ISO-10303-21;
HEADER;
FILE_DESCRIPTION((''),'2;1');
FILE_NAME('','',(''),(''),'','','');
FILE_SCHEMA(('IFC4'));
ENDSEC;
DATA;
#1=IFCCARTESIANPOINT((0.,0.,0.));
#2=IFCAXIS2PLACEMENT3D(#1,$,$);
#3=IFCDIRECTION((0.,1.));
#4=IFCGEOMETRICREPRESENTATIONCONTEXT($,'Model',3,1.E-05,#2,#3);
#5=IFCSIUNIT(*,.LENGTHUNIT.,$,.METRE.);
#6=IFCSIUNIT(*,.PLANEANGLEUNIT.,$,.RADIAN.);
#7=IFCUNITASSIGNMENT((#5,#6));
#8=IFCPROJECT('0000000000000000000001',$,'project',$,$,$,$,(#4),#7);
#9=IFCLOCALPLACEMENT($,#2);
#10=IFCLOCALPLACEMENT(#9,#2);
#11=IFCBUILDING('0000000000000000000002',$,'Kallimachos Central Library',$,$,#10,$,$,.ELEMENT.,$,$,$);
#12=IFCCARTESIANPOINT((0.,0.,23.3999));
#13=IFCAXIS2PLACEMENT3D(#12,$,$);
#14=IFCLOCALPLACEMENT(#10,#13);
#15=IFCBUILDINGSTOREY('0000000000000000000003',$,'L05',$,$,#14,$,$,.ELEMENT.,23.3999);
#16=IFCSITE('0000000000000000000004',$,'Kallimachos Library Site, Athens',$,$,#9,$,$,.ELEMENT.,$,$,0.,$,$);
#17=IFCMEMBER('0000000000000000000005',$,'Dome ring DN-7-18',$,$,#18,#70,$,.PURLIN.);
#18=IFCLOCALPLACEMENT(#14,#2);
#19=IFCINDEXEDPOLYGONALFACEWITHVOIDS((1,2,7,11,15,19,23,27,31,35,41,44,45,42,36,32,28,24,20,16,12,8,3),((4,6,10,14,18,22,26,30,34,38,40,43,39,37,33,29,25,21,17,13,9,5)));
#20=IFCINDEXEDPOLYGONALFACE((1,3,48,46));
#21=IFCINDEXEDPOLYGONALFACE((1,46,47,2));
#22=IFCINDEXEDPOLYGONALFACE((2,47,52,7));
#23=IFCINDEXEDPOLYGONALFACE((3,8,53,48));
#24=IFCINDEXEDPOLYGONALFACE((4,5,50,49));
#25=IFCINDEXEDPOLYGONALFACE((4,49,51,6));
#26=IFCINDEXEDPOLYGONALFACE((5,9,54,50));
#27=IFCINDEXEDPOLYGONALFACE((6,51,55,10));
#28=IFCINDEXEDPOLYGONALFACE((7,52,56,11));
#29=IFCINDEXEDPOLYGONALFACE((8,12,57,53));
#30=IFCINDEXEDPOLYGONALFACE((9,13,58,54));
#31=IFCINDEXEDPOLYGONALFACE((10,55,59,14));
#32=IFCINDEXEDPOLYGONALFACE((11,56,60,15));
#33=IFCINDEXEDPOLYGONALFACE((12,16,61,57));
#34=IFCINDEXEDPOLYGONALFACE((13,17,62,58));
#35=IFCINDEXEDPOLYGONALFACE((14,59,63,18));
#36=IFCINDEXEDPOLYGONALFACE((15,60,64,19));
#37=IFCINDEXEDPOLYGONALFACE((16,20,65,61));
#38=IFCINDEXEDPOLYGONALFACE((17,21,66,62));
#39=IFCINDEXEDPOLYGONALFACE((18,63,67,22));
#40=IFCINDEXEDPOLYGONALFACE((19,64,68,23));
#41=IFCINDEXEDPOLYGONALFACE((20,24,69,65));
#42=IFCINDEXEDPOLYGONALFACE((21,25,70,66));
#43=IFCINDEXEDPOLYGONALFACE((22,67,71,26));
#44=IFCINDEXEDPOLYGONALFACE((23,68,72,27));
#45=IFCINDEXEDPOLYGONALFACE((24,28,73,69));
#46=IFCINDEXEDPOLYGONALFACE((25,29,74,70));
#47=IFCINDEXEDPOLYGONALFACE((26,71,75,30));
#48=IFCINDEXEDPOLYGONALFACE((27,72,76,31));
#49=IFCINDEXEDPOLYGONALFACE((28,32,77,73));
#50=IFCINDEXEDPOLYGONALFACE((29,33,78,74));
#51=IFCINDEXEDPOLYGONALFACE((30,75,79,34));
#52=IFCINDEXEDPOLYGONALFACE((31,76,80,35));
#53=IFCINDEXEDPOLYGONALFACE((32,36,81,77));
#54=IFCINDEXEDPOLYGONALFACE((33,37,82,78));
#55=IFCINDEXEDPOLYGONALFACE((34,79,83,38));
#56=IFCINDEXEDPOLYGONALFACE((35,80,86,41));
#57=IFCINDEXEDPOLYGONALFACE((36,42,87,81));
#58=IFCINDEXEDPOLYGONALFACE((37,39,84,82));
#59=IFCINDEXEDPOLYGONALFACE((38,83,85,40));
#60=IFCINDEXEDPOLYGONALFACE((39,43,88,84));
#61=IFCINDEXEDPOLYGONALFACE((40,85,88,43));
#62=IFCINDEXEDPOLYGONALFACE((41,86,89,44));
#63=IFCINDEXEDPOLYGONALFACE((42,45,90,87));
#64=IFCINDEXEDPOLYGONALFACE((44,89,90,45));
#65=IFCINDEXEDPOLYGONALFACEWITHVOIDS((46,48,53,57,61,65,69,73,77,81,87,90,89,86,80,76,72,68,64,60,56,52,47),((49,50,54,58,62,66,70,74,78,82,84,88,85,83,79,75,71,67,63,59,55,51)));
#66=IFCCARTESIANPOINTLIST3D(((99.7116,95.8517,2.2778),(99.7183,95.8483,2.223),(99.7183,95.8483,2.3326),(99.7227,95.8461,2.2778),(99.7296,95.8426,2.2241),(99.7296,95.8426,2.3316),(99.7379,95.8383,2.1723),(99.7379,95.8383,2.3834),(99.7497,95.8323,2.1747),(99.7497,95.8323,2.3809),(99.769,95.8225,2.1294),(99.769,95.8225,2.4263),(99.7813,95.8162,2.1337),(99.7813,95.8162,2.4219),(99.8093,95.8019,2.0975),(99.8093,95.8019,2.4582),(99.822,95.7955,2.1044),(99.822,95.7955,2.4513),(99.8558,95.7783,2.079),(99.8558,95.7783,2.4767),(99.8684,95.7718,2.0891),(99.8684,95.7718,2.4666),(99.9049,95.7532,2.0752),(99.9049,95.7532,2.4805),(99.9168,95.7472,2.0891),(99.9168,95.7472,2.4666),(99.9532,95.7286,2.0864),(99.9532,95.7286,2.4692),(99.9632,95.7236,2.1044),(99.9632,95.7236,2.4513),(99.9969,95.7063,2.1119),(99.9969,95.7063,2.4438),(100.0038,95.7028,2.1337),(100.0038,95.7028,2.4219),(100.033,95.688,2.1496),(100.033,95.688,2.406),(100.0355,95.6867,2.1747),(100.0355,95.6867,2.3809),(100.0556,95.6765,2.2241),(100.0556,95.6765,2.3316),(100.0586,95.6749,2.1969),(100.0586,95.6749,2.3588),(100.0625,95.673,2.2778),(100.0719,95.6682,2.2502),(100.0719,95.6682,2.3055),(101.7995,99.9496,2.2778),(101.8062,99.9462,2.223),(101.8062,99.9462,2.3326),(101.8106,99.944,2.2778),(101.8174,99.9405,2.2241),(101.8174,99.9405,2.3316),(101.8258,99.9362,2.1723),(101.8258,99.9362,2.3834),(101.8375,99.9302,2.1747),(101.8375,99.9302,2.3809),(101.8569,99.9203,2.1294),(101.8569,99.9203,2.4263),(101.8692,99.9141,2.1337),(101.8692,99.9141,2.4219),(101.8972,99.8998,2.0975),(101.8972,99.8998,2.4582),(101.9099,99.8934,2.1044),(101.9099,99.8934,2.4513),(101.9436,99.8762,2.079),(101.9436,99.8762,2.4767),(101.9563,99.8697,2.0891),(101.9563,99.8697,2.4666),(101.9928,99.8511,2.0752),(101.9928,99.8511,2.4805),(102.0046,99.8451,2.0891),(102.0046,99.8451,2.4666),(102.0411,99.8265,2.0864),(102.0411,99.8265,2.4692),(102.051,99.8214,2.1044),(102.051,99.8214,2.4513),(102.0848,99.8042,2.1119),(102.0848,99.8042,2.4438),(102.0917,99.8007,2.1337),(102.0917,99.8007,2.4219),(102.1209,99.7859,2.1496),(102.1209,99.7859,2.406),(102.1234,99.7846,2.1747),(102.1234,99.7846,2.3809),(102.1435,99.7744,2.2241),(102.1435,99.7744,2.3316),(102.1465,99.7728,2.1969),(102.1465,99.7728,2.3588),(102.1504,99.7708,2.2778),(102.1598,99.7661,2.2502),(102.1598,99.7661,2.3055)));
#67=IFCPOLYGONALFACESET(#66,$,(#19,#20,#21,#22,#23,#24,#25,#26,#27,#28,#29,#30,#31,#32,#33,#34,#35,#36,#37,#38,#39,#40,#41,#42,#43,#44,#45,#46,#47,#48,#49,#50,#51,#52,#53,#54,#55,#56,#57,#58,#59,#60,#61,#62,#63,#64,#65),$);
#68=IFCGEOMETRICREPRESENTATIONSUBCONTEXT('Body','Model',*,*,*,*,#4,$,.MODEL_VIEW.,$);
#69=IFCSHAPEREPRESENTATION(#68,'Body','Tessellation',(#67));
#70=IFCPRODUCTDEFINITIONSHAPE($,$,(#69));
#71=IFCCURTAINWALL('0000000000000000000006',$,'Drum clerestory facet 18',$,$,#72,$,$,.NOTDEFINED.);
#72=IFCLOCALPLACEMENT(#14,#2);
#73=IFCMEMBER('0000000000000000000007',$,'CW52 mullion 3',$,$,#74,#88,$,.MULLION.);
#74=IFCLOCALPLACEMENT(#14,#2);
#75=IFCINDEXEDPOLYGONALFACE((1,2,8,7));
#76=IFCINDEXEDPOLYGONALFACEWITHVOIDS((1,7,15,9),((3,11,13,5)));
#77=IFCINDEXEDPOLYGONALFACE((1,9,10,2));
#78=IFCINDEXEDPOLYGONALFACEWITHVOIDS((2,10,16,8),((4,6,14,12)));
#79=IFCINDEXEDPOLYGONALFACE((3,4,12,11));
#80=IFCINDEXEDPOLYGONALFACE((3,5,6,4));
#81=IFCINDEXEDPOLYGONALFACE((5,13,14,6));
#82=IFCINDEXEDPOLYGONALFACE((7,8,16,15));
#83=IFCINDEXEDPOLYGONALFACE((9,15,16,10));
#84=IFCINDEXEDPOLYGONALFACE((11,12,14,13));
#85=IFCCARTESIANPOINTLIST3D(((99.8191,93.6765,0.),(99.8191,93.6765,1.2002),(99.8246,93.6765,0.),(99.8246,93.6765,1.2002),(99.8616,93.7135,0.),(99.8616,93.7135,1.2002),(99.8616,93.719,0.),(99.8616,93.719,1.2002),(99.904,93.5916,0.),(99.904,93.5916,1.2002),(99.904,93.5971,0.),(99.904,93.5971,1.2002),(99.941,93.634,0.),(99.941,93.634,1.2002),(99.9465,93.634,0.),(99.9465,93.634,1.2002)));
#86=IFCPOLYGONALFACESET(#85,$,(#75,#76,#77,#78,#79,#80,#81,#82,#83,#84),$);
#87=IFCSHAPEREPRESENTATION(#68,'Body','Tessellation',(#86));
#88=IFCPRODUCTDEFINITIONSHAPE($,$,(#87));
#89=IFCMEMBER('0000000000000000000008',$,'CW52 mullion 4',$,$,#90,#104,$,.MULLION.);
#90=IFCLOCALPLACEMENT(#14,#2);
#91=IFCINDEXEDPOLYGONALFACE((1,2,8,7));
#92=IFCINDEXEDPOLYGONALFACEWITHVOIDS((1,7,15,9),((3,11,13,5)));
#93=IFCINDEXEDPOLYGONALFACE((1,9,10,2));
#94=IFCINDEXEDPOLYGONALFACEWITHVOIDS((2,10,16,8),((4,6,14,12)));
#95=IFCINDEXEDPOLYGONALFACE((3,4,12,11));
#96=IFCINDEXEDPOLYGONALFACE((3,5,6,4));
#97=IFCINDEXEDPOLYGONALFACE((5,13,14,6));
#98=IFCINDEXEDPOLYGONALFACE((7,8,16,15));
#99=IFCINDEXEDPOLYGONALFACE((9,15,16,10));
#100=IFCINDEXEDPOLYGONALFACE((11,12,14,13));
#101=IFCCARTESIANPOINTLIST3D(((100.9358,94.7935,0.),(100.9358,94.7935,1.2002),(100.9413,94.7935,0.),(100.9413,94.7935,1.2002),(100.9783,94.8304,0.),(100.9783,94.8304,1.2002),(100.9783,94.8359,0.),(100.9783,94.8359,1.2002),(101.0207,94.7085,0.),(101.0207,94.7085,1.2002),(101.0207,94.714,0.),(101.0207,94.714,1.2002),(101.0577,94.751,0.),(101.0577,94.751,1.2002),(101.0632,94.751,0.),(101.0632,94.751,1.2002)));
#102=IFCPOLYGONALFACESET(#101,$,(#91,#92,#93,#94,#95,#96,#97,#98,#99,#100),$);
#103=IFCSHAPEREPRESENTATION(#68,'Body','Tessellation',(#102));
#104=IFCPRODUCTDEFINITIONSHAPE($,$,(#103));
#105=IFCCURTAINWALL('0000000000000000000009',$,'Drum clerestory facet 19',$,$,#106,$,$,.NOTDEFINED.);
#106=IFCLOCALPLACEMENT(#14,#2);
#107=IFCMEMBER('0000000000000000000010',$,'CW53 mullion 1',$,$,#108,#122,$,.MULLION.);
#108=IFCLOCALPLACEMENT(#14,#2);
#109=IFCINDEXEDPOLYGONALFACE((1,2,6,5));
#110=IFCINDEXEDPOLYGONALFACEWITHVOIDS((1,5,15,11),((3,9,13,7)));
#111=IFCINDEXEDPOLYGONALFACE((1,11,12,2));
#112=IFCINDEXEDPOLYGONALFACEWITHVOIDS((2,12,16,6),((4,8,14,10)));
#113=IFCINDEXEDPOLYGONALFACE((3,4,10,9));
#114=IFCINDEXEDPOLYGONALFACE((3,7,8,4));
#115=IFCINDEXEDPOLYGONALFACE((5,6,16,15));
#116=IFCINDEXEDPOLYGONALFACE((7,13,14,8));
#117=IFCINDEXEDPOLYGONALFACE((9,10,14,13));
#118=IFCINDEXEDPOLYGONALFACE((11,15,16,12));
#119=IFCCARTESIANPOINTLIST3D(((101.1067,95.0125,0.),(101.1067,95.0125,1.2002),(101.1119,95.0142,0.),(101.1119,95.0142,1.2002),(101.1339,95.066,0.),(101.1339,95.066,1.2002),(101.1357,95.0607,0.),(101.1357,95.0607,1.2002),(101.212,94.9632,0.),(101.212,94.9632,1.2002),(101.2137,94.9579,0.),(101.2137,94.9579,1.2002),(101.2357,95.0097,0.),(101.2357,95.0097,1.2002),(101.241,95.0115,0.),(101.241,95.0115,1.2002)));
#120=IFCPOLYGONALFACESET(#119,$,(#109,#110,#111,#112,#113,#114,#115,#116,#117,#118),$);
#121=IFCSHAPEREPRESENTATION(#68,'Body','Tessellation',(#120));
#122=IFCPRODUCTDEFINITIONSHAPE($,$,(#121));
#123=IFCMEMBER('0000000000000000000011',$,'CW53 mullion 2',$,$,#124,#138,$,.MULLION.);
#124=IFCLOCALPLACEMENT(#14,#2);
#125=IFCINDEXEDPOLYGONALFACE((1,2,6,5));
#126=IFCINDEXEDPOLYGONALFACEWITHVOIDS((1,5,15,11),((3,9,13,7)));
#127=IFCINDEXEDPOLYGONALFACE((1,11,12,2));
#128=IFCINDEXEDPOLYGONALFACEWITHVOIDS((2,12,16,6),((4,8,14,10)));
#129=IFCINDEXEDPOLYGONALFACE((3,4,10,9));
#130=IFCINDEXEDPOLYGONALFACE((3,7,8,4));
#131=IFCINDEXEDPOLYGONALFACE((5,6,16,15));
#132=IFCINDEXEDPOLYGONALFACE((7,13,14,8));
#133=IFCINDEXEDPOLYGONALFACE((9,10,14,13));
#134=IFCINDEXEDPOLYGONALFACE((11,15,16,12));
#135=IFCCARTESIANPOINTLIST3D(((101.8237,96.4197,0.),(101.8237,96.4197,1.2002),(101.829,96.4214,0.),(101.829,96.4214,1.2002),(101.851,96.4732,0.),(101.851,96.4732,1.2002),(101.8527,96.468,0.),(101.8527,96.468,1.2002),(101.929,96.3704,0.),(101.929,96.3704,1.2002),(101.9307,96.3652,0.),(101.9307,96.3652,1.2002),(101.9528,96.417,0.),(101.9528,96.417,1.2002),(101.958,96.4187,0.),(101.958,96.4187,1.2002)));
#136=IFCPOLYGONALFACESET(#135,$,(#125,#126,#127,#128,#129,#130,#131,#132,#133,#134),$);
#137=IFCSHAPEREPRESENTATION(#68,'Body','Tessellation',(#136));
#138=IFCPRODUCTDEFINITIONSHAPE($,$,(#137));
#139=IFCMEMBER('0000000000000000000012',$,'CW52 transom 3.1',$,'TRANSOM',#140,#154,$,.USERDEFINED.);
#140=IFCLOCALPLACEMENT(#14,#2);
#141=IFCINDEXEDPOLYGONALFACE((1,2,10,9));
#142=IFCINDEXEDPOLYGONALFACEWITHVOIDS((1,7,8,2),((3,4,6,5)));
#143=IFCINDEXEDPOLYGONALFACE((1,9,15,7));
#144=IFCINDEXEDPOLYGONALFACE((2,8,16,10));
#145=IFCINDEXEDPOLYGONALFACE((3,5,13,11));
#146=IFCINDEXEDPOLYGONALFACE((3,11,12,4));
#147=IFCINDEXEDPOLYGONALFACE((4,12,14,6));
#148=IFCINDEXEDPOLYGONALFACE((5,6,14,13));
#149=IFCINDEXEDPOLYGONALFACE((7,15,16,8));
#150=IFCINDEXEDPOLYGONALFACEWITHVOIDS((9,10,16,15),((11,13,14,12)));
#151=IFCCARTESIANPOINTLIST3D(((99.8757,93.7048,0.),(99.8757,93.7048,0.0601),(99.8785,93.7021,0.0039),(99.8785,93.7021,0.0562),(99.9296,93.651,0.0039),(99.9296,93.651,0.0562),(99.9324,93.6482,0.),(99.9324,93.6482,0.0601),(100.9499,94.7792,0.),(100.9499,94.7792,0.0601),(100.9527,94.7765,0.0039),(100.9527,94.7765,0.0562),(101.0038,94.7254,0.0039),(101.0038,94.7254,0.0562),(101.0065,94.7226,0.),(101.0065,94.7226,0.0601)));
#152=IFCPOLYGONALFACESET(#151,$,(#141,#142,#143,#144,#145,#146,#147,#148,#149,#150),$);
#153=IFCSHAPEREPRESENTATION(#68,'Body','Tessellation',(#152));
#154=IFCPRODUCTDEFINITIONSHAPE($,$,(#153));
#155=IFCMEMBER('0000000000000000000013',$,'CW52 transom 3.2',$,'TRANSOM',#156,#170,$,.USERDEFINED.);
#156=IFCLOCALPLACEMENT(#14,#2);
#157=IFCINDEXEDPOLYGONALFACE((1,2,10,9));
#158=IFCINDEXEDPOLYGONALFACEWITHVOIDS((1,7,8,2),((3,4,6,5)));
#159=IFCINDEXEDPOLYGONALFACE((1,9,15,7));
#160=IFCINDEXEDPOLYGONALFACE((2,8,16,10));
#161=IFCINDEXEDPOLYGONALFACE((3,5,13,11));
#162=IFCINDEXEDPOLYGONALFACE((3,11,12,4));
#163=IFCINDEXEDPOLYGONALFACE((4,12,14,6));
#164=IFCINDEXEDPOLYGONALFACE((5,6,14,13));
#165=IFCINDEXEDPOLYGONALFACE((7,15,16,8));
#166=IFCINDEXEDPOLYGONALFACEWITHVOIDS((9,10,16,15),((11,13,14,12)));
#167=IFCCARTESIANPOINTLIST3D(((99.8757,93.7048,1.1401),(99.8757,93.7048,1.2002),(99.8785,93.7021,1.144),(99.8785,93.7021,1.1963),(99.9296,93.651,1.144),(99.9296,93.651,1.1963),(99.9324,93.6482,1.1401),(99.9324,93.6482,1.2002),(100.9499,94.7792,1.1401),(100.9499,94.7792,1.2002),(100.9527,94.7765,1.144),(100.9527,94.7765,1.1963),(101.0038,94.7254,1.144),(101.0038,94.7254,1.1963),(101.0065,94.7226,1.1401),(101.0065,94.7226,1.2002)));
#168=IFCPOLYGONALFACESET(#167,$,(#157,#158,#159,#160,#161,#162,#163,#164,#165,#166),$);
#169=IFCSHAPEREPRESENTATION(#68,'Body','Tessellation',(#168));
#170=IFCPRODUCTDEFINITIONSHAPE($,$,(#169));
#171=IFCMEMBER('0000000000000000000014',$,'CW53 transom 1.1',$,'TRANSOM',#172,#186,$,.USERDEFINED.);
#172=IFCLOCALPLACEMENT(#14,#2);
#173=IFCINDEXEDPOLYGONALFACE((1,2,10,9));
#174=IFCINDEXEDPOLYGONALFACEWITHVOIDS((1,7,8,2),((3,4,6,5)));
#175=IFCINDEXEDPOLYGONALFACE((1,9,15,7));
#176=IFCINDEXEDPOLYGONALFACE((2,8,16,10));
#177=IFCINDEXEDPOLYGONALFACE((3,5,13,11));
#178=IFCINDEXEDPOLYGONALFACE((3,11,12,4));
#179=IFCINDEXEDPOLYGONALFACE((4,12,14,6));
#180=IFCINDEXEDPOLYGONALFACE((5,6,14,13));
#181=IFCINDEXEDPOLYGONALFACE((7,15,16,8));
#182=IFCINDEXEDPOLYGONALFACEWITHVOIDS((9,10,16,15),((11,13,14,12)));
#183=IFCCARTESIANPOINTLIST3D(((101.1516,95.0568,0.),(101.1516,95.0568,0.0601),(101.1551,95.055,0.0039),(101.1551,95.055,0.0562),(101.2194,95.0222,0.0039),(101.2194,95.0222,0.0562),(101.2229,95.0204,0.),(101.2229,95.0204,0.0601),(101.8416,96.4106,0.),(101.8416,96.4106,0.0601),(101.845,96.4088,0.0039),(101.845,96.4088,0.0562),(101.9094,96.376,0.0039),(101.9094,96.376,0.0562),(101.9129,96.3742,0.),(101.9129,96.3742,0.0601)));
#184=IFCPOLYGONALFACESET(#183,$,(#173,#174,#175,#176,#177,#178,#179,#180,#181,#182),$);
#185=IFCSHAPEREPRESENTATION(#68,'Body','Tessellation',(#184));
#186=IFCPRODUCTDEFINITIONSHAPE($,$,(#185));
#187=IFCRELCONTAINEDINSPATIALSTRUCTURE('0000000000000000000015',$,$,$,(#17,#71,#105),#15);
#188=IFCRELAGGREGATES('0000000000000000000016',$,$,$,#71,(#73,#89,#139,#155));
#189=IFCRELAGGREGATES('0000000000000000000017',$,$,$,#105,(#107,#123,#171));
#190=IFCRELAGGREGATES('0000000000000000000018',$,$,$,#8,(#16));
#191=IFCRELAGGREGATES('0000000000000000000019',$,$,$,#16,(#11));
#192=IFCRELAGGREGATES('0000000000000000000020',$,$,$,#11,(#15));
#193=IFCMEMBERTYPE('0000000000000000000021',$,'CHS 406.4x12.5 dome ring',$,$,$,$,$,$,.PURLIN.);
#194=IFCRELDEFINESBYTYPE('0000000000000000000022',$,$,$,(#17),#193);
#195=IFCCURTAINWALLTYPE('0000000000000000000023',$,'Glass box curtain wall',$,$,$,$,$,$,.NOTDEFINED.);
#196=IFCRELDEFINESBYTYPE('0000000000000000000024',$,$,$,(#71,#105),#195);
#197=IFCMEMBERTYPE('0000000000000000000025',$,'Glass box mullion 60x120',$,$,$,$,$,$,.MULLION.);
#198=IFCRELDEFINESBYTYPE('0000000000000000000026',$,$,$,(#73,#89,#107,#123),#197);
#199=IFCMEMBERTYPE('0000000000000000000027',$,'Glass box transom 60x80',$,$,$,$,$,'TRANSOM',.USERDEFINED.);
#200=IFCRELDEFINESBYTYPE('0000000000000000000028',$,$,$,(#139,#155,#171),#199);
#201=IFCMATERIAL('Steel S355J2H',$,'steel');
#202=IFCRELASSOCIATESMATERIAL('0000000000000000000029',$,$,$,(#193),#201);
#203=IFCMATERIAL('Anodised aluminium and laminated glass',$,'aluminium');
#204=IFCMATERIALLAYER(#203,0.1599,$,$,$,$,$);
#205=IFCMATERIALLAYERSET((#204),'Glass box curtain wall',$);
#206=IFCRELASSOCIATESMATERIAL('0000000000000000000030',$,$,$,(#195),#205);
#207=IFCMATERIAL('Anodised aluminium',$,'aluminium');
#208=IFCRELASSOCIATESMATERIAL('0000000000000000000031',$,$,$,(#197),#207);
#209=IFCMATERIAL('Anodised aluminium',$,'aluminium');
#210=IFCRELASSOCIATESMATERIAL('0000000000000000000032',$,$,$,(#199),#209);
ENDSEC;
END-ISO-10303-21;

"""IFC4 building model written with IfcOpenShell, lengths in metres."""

from ifc_helpers import new_model, si_unit, direction, frame, origin, origin_2d, place, context, subcontext, project, spatial, hollow_rectangle, hollow_circle, extrude, material, layer, layer_set, material_profile, profile_set, type_object, element, aggregate, save


model = new_model("IFC4")

# Units and contexts
model_context = context("Model", 3, precision=1e-05, world=origin(), true_north=direction((0.0, 1.0)))
body_context = subcontext(model_context, "Body", "Model", "MODEL_VIEW")
ifc_project = project(units=[si_unit("LENGTHUNIT", "METRE"), si_unit("PLANEANGLEUNIT", "RADIAN")], contexts=[model_context])

# Site, building, storey
site_placement = place(None, origin())
site = spatial("IfcSite", under=ifc_project, at=site_placement, Name="Kallimachos Library Site, Athens", CompositionType="ELEMENT", RefElevation=0.0)
building_placement = place(site_placement, origin())
building = spatial("IfcBuilding", under=site, at=building_placement, Name="Kallimachos Central Library", CompositionType="ELEMENT")
storey_placement = place(building_placement, frame((0.0, 0.0, 23.3999)))
storey = spatial("IfcBuildingStorey", under=building, at=storey_placement, Name="L05", CompositionType="ELEMENT", Elevation=23.3999)

# Member
ifc_material_1 = material(Name="Steel S355J2H", Category="steel")
ifc_material_profile_1 = material_profile(ifc_material_1, hollow_circle(Radius=0.2031, WallThickness=0.0125, at=origin_2d()), Name="CHS 406.4x12.5")
ifc_profile_set_1 = profile_set([ifc_material_profile_1], Name="Steel S355J2H")
member_type_1 = type_object("IfcMemberType", Name="CHS 406.4x12.5 dome ring", PredefinedType="PURLIN", material=ifc_profile_set_1)
member_1_placement = place(storey_placement, frame((99.8926, 95.7595, 2.2778), z_axis=(0.453974, 0.891015, 0.0), x_axis=(-0.891015, 0.453974, 0.0)))
element("IfcMember", 1, at=member_1_placement, inside=storey, type_object=member_type_1, Name="Dome ring DN-7-18", PredefinedType="PURLIN", context=body_context, shape_type="SweptSolid", body=[
    extrude(hollow_circle(Radius=0.2031, WallThickness=0.0125, at=origin_2d()), origin(), (0.0, 0.0, 1.0), 4.5991),
])

# Curtain walls, members
ifc_material_2 = material(Name="Anodised aluminium and laminated glass", Category="aluminium")
ifc_layer_1 = layer(ifc_material_2, 0.1599)
ifc_layer_set_1 = layer_set([ifc_layer_1], Name="Glass box curtain wall")
curtain_wall_type = type_object("IfcCurtainWallType", Name="Glass box curtain wall", PredefinedType="NOTDEFINED", material=ifc_layer_set_1)
curtain_wall_1_placement = place(storey_placement, origin())
curtain_wall_1 = element("IfcCurtainWall", 2, at=curtain_wall_1_placement, inside=storey, type_object=curtain_wall_type, Name="Drum clerestory facet 18", PredefinedType="NOTDEFINED")
ifc_material_3 = material(Name="Anodised aluminium", Category="aluminium")
ifc_material_profile_2 = material_profile(ifc_material_3, hollow_rectangle(XDim=0.0601, YDim=0.1201, WallThickness=0.0039, at=origin_2d()), Name="ALU MULLION 60x120")
ifc_profile_set_2 = profile_set([ifc_material_profile_2], Name="Anodised aluminium")
member_type_2 = type_object("IfcMemberType", Name="Glass box mullion 60x120", PredefinedType="MULLION", material=ifc_profile_set_2)
member_2_placement = place(storey_placement, frame((99.8828, 93.6553, 0.0), z_axis=(0.0, 0.0, 1.0), x_axis=(0.707107, 0.707107, 0.0)))
member_2 = element("IfcMember", 3, at=member_2_placement, type_object=member_type_2, Name="CW52 mullion 3", PredefinedType="MULLION", context=body_context, shape_type="SweptSolid", body=[
    extrude(hollow_rectangle(XDim=0.0601, YDim=0.1201, WallThickness=0.0039, at=origin_2d()), origin(), (0.0, 0.0, 1.0), 1.2002),
])
member_3_placement = place(storey_placement, frame((100.9995, 94.7722, 0.0), z_axis=(0.0, 0.0, 1.0), x_axis=(0.707107, 0.707107, 0.0)))
member_3 = element("IfcMember", 4, at=member_3_placement, type_object=member_type_2, Name="CW52 mullion 4", PredefinedType="MULLION", context=body_context, shape_type="SweptSolid", body=[
    extrude(hollow_rectangle(XDim=0.0601, YDim=0.1201, WallThickness=0.0039, at=origin_2d()), origin(), (0.0, 0.0, 1.0), 1.2002),
])
curtain_wall_2_placement = place(storey_placement, origin())
curtain_wall_2 = element("IfcCurtainWall", 5, at=curtain_wall_2_placement, inside=storey, type_object=curtain_wall_type, Name="Drum clerestory facet 19", PredefinedType="NOTDEFINED")
member_4_placement = place(storey_placement, frame((101.1738, 95.012, 0.0), z_axis=(0.0, 0.0, 1.0), x_axis=(0.453991, 0.891006, 0.0)))
member_4 = element("IfcMember", 6, at=member_4_placement, type_object=member_type_2, Name="CW53 mullion 1", PredefinedType="MULLION", context=body_context, shape_type="SweptSolid", body=[
    extrude(hollow_rectangle(XDim=0.0601, YDim=0.1201, WallThickness=0.0039, at=origin_2d()), origin(), (0.0, 0.0, 1.0), 1.2002),
])
member_5_placement = place(storey_placement, frame((101.8909, 96.4192, 0.0), z_axis=(0.0, 0.0, 1.0), x_axis=(0.453991, 0.891006, 0.0)))
member_5 = element("IfcMember", 7, at=member_5_placement, type_object=member_type_2, Name="CW53 mullion 2", PredefinedType="MULLION", context=body_context, shape_type="SweptSolid", body=[
    extrude(hollow_rectangle(XDim=0.0601, YDim=0.1201, WallThickness=0.0039, at=origin_2d()), origin(), (0.0, 0.0, 1.0), 1.2002),
])

# Members
ifc_material_4 = material(Name="Anodised aluminium", Category="aluminium")
ifc_material_profile_3 = material_profile(ifc_material_4, hollow_rectangle(XDim=0.0601, YDim=0.0801, WallThickness=0.0039, at=origin_2d()), Name="ALU TRANSOM 60x80")
ifc_profile_set_3 = profile_set([ifc_material_profile_3], Name="Anodised aluminium")
member_type_3 = type_object("IfcMemberType", Name="Glass box transom 60x80", ElementType="TRANSOM", PredefinedType="USERDEFINED", material=ifc_profile_set_3)
member_6_placement = place(storey_placement, frame((99.9041, 93.6765, 0.03), z_axis=(0.707026, 0.707187, 0.0), x_axis=(0.0, 0.0, 1.0)))
member_6 = element("IfcMember", 8, at=member_6_placement, type_object=member_type_3, Name="CW52 transom 3.1", ObjectType="TRANSOM", PredefinedType="USERDEFINED", context=body_context, shape_type="SweptSolid", body=[
    extrude(hollow_rectangle(XDim=0.0601, YDim=0.0801, WallThickness=0.0039, at=origin_2d()), origin(), (0.0, 0.0, 1.0), 1.5193),
])
member_7_placement = place(storey_placement, frame((99.9041, 93.6765, 1.1702), z_axis=(0.707026, 0.707187, 0.0), x_axis=(0.0, 0.0, 1.0)))
member_7 = element("IfcMember", 9, at=member_7_placement, type_object=member_type_3, Name="CW52 transom 3.2", ObjectType="TRANSOM", PredefinedType="USERDEFINED", context=body_context, shape_type="SweptSolid", body=[
    extrude(hollow_rectangle(XDim=0.0601, YDim=0.0801, WallThickness=0.0039, at=origin_2d()), origin(), (0.0, 0.0, 1.0), 1.5193),
])
member_8_placement = place(storey_placement, frame((101.1873, 95.0386, 0.03), z_axis=(0.454077, 0.890962, 0.0), x_axis=(0.0, 0.0, 1.0)))
member_8 = element("IfcMember", 10, at=member_8_placement, type_object=member_type_3, Name="CW53 transom 1.1", ObjectType="TRANSOM", PredefinedType="USERDEFINED", context=body_context, shape_type="SweptSolid", body=[
    extrude(hollow_rectangle(XDim=0.0601, YDim=0.0801, WallThickness=0.0039, at=origin_2d()), origin(), (0.0, 0.0, 1.0), 1.5195),
])

aggregate(curtain_wall_1, [member_2, member_3, member_6, member_7])
aggregate(curtain_wall_2, [member_4, member_5, member_8])

save(model, "model.ifc")
